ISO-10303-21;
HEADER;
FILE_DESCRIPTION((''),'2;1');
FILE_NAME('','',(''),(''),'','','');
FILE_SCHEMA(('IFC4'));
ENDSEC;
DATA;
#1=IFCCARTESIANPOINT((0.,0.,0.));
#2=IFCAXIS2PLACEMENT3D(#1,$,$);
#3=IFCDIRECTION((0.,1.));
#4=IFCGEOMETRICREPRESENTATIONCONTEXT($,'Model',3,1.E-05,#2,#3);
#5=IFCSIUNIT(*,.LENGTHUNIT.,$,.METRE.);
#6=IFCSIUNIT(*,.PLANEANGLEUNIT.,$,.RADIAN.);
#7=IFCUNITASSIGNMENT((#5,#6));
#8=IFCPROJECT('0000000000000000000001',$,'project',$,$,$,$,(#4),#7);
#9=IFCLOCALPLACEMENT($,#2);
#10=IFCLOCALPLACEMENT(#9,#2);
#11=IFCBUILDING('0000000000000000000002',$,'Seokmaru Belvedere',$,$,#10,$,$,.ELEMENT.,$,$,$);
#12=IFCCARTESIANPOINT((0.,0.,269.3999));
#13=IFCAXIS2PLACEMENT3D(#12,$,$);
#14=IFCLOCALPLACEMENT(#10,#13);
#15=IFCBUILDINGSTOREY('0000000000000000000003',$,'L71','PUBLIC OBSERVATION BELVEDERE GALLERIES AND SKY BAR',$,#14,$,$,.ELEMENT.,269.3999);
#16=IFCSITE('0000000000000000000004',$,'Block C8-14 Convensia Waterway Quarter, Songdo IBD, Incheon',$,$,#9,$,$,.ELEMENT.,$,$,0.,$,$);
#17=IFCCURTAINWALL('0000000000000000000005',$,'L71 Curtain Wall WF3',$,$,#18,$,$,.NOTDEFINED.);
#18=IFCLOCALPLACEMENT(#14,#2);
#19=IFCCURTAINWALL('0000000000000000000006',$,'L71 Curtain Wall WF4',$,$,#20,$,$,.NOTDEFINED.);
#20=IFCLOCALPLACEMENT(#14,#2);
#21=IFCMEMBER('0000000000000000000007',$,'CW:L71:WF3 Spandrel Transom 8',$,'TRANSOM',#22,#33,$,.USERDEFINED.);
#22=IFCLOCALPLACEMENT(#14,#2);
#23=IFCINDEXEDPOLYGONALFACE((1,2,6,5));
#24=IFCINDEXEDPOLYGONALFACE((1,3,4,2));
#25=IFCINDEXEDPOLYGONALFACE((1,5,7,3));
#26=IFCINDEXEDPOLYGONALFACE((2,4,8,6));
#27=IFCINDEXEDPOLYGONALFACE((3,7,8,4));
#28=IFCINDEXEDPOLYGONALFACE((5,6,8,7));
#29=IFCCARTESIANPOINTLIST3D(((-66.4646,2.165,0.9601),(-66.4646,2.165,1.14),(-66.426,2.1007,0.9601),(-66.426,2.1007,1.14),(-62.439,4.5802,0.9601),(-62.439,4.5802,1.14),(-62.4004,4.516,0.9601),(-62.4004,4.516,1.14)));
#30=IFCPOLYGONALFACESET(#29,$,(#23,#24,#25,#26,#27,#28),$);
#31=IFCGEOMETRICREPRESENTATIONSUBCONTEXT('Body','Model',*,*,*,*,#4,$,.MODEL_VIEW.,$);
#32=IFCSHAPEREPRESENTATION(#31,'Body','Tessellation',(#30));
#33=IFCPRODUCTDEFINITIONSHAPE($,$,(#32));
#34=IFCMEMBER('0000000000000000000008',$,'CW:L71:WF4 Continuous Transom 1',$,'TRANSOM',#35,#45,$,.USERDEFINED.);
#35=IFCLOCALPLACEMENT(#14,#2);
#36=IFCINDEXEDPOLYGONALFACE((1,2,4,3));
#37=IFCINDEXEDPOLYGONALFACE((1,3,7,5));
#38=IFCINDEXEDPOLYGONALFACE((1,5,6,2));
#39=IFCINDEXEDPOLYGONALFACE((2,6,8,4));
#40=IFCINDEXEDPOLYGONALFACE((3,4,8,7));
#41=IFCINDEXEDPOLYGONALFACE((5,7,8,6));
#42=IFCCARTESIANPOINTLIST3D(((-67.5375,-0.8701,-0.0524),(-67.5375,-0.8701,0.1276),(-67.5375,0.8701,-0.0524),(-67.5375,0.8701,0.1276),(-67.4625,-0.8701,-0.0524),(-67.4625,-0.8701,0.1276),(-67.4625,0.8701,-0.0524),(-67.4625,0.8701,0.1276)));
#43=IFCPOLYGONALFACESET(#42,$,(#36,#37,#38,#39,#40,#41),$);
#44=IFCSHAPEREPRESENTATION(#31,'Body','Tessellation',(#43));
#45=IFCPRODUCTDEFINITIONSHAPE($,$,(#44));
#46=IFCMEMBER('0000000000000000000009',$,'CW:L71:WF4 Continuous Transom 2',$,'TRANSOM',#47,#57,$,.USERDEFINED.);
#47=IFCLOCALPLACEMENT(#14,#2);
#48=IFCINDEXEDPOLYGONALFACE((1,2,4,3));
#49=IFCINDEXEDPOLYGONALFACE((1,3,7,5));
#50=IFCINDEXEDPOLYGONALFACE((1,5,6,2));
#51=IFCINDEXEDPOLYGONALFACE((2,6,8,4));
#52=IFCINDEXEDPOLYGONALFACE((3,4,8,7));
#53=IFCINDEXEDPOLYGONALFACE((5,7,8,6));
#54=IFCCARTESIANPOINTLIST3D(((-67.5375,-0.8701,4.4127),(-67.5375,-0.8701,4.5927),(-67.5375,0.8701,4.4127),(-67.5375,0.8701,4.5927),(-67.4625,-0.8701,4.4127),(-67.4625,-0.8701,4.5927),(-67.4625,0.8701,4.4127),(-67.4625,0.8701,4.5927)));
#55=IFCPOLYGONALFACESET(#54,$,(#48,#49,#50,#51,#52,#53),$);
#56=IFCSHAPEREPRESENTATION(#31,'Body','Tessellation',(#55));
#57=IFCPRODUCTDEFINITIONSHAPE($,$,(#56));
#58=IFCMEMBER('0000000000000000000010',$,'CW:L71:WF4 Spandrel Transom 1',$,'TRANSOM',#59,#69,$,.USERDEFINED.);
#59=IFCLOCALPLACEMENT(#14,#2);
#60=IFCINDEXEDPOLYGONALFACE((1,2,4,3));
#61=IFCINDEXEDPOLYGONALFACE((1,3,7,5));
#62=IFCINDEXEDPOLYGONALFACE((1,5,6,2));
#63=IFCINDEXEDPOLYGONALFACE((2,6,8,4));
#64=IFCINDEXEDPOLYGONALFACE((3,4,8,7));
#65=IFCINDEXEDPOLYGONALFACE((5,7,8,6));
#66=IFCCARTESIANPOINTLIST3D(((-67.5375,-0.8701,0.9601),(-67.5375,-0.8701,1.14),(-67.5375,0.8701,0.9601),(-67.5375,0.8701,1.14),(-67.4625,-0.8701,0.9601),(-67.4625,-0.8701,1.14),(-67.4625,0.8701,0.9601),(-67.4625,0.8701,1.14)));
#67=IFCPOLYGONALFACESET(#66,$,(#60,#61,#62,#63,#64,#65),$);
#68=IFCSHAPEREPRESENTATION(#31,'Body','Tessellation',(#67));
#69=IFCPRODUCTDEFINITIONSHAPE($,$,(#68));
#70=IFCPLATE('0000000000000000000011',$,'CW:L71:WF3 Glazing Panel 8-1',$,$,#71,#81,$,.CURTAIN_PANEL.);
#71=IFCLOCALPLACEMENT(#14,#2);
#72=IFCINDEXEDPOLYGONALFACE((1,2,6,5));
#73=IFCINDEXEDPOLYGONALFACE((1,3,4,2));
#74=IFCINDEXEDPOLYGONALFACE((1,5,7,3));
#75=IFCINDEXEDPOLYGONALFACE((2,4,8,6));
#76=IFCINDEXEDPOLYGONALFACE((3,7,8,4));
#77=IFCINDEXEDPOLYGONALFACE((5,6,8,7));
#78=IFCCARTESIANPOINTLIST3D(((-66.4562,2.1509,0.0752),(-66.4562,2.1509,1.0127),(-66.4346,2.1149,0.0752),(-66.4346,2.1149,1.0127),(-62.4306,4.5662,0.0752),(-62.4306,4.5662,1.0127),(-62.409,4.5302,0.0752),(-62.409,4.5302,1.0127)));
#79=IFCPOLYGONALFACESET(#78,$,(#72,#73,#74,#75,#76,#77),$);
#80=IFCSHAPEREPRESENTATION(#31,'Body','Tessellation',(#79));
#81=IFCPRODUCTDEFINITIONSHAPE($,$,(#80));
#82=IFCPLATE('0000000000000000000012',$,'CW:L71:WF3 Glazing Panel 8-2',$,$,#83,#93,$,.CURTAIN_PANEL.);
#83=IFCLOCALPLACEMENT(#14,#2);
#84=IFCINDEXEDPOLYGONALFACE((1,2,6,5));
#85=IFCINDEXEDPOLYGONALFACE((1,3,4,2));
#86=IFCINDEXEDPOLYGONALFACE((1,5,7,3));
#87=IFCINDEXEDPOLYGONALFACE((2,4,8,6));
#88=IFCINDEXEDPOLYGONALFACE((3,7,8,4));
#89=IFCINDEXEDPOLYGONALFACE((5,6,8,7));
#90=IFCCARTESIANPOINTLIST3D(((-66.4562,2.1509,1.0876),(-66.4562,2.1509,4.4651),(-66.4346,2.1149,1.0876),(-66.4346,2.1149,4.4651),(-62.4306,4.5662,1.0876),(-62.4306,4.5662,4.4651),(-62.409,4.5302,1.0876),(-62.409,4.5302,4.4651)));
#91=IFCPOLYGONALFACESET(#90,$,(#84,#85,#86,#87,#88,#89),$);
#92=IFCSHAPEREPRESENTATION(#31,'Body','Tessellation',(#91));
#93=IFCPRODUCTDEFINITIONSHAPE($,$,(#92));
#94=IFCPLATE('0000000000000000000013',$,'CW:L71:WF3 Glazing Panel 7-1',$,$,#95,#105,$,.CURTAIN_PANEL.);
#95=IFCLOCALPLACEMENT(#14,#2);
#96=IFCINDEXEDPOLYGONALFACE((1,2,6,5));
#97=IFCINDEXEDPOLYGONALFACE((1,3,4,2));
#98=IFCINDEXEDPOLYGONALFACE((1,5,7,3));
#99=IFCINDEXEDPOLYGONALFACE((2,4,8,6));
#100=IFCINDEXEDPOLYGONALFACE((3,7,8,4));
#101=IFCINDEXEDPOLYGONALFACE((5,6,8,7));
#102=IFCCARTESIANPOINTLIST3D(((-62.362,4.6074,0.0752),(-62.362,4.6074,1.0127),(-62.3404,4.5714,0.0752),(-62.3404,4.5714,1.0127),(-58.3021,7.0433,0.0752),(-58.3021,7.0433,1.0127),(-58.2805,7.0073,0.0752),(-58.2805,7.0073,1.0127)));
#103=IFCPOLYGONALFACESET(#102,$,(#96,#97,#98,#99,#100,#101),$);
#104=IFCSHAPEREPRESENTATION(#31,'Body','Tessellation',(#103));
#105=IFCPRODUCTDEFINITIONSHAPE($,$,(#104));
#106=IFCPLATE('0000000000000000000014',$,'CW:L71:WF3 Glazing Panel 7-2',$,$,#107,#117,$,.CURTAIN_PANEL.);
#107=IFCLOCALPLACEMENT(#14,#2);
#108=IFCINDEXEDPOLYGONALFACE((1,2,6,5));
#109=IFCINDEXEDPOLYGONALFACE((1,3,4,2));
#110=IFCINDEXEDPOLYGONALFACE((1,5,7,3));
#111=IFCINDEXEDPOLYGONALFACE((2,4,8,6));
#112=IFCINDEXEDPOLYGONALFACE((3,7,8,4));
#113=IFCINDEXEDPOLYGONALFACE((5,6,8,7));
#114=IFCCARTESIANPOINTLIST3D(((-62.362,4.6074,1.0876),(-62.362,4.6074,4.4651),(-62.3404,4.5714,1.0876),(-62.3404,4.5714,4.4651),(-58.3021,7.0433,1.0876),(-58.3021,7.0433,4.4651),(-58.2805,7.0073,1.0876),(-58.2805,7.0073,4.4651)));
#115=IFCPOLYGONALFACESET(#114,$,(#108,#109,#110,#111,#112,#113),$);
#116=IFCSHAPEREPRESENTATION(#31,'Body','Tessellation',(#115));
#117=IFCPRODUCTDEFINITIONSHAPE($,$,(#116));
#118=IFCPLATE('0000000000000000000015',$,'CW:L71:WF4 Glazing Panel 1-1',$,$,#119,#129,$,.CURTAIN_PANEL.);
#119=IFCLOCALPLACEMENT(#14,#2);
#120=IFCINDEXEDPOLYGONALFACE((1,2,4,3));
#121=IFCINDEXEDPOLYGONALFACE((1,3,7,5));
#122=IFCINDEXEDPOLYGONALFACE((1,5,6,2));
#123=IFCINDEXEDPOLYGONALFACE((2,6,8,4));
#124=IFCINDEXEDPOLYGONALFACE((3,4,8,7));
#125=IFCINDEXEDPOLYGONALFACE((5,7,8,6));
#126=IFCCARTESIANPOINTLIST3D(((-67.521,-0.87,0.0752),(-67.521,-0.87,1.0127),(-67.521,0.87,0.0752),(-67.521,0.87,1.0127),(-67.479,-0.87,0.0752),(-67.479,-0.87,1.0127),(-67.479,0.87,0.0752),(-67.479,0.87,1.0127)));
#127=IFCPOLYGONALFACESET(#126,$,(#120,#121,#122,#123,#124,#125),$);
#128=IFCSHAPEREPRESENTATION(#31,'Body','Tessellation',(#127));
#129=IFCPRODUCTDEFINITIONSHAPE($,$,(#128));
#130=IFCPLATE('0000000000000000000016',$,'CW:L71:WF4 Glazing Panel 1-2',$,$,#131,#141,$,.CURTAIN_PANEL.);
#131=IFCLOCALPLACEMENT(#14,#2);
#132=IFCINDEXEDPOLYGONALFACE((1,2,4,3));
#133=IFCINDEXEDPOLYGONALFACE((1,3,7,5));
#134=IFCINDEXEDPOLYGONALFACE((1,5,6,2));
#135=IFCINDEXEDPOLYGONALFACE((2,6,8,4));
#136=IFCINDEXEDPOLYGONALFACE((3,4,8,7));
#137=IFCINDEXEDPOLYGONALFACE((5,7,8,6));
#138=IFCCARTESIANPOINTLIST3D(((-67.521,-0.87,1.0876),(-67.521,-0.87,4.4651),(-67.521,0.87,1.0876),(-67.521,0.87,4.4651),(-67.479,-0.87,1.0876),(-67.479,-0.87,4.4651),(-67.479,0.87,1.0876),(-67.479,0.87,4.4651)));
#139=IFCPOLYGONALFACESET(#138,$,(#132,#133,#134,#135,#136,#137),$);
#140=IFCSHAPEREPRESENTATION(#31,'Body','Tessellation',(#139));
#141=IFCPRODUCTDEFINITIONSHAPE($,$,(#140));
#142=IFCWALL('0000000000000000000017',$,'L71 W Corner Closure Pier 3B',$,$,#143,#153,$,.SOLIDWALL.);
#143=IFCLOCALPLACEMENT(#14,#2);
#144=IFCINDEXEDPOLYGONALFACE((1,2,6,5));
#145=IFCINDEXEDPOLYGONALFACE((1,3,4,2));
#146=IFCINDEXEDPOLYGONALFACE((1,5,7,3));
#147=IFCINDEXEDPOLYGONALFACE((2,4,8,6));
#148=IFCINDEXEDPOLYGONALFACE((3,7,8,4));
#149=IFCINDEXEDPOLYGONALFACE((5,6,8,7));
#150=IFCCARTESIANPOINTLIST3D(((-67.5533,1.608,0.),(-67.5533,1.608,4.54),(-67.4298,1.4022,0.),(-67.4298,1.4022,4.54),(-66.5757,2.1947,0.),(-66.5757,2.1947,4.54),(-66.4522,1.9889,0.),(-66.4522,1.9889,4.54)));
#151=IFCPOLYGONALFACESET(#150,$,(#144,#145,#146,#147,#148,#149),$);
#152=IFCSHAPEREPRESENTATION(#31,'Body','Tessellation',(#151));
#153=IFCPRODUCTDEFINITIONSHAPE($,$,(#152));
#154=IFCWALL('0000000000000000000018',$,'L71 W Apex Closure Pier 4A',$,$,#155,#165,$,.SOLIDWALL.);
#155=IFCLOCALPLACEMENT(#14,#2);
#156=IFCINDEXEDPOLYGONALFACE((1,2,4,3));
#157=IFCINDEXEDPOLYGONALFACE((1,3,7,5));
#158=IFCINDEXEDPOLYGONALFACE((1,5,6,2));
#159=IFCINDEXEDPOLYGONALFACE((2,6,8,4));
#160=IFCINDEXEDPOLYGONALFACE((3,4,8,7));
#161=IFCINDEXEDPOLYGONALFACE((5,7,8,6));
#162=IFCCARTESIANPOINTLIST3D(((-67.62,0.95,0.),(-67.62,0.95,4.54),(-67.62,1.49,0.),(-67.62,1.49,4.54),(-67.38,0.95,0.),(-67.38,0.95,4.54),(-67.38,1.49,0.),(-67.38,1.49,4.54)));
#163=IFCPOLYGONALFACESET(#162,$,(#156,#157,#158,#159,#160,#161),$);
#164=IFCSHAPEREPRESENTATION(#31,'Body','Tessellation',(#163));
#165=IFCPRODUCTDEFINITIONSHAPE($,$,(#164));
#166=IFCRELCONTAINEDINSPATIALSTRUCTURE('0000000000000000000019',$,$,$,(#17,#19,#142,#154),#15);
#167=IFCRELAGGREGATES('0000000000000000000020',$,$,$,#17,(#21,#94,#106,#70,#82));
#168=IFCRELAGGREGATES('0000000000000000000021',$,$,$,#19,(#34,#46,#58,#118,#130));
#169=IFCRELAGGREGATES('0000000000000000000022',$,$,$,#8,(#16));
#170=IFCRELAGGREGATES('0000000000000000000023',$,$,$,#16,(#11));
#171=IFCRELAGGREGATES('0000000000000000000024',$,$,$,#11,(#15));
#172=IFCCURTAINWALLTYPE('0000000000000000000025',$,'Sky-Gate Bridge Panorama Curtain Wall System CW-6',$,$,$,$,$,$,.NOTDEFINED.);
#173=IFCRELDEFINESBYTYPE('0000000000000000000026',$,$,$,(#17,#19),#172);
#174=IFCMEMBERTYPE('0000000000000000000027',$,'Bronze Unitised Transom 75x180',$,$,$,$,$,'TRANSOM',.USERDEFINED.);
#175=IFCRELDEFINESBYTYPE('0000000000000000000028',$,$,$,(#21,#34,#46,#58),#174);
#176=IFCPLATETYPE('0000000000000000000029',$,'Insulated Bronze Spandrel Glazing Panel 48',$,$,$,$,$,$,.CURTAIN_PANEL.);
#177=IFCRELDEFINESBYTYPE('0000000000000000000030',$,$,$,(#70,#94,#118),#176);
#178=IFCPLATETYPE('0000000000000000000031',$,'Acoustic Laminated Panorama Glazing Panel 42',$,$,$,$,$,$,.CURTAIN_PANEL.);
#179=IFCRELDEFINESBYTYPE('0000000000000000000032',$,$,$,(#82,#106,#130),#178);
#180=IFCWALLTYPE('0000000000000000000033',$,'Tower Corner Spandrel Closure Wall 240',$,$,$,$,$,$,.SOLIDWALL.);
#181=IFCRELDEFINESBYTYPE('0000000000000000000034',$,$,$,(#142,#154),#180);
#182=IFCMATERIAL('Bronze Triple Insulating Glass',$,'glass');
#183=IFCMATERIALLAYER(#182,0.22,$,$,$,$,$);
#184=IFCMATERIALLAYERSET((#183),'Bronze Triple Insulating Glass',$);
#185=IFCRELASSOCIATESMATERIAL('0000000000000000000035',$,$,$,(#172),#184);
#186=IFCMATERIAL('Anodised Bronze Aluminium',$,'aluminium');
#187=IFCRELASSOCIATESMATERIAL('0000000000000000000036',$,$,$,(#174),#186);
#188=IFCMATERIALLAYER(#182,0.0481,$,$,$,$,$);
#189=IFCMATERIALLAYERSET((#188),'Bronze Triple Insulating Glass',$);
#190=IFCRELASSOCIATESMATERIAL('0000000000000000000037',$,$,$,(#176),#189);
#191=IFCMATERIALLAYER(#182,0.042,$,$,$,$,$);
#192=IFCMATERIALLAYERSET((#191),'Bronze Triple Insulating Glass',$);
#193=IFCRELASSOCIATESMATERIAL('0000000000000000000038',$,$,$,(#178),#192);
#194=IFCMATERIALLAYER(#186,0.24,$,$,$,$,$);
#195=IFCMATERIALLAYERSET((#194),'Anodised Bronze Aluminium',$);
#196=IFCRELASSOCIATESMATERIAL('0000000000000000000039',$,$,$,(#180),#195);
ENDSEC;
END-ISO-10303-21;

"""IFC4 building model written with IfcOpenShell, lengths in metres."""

from ifc_helpers import new_model, si_unit, direction, frame, frame_2d, origin, origin_2d, place, context, subcontext, project, spatial, rectangle, extrude, source, transform, mapped, material, layer, layer_set, material_profile, profile_set, type_object, type_shapes, element, aggregate, save


model = new_model("IFC4")

# Units and contexts
model_context = context("Model", 3, precision=1e-05, world=origin(), true_north=direction((0.0, 1.0)))
body_context = subcontext(model_context, "Body", "Model", "MODEL_VIEW")
ifc_project = project(units=[si_unit("LENGTHUNIT", "METRE"), si_unit("PLANEANGLEUNIT", "RADIAN")], contexts=[model_context])

# Site, building, storey
site_placement = place(None, origin())
site = spatial("IfcSite", under=ifc_project, at=site_placement, Name="Block C8-14 Convensia Waterway Quarter, Songdo IBD, Incheon", CompositionType="ELEMENT", RefElevation=0.0)
building_placement = place(site_placement, origin())
building = spatial("IfcBuilding", under=site, at=building_placement, Name="Seokmaru Belvedere", CompositionType="ELEMENT")
storey_placement = place(building_placement, frame((0.0, 0.0, 269.3999)))
storey = spatial("IfcBuildingStorey", under=building, at=storey_placement, Name="L71", Description="PUBLIC OBSERVATION BELVEDERE GALLERIES AND SKY BAR", CompositionType="ELEMENT", Elevation=269.3999)

# Curtain wall
ifc_material_1 = material(Name="Bronze Triple Insulating Glass", Category="glass")
ifc_layer_1 = layer(ifc_material_1, 0.22)
ifc_layer_set_1 = layer_set([ifc_layer_1], Name="Bronze Triple Insulating Glass")
curtain_wall_type = type_object("IfcCurtainWallType", Name="Sky-Gate Bridge Panorama Curtain Wall System CW-6", PredefinedType="NOTDEFINED", material=ifc_layer_set_1)
curtain_wall_1_placement = place(storey_placement, origin())
curtain_wall_1 = element("IfcCurtainWall", 1, at=curtain_wall_1_placement, inside=storey, type_object=curtain_wall_type, Name="L71 Curtain Wall WF3", PredefinedType="NOTDEFINED")
ifc_material_2 = material(Name="Anodised Bronze Aluminium", Category="aluminium")

# Curtain wall
curtain_wall_2_placement = place(storey_placement, origin())
curtain_wall_2 = element("IfcCurtainWall", 2, at=curtain_wall_2_placement, inside=storey, type_object=curtain_wall_type, Name="L71 Curtain Wall WF4", PredefinedType="NOTDEFINED")

# Members
ifc_material_profile_1 = material_profile(ifc_material_2, rectangle(XDim=0.075, YDim=0.1799, at=origin_2d()), Name="CW-T-75x180")
ifc_profile_set_1 = profile_set([ifc_material_profile_1], Name="Anodised Bronze Aluminium")
member_type_1 = type_object("IfcMemberType", Name="Bronze Unitised Transom 75x180", ElementType="TRANSOM", PredefinedType="USERDEFINED", material=ifc_profile_set_1)
shared_shape_1 = source(origin(), body_context, "Body", "SweptSolid", [
    extrude(rectangle(XDim=0.075, YDim=0.1799, at=origin_2d()), origin(), (0.0, 0.0, 1.0), 4.6946),
])
member_1_placement = place(storey_placement, frame((-62.4197, 4.5481, 1.05), z_axis=(-0.857502, -0.51448, 0.0), x_axis=(0.51448, -0.857502, 0.0)))
member_1 = element("IfcMember", 3, at=member_1_placement, type_object=member_type_1, Name="CW:L71:WF3 Spandrel Transom 8", ObjectType="TRANSOM", PredefinedType="USERDEFINED", context=body_context, shape_type="MappedRepresentation", body=[
    mapped(shared_shape_1, transform((0.0, 0.0, 0.0), scale=1.0)),
])
shared_shape_2 = source(origin(), body_context, "Body", "SweptSolid", [
    extrude(rectangle(XDim=0.075, YDim=0.1799, at=origin_2d()), origin(), (0.0, 0.0, 1.0), 1.7402),
])
type_shapes(member_type_1, [shared_shape_1, shared_shape_2])
member_2_placement = place(storey_placement, frame((-67.5, 0.8701, 0.0376), z_axis=(0.0, -1.0, 0.0), x_axis=(1.0, 0.0, 0.0)))
member_2 = element("IfcMember", 4, at=member_2_placement, type_object=member_type_1, Name="CW:L71:WF4 Continuous Transom 1", ObjectType="TRANSOM", PredefinedType="USERDEFINED", context=body_context, shape_type="MappedRepresentation", body=[
    mapped(shared_shape_2, transform((0.0, 0.0, 0.0), scale=1.0)),
])
member_3_placement = place(storey_placement, frame((-67.5, 0.8701, 4.5027), z_axis=(0.0, -1.0, 0.0), x_axis=(1.0, 0.0, 0.0)))
member_3 = element("IfcMember", 5, at=member_3_placement, type_object=member_type_1, Name="CW:L71:WF4 Continuous Transom 2", ObjectType="TRANSOM", PredefinedType="USERDEFINED", context=body_context, shape_type="MappedRepresentation", body=[
    mapped(shared_shape_2, transform((0.0, 0.0, 0.0), scale=1.0)),
])
member_4_placement = place(storey_placement, frame((-67.5, 0.8701, 1.05), z_axis=(0.0, -1.0, 0.0), x_axis=(1.0, 0.0, 0.0)))
member_4 = element("IfcMember", 6, at=member_4_placement, type_object=member_type_1, Name="CW:L71:WF4 Spandrel Transom 1", ObjectType="TRANSOM", PredefinedType="USERDEFINED", context=body_context, shape_type="MappedRepresentation", body=[
    mapped(shared_shape_2, transform((0.0, 0.0, 0.0), scale=1.0)),
])

# Plates
ifc_layer_2 = layer(ifc_material_1, 0.0481)
ifc_layer_set_2 = layer_set([ifc_layer_2], Name="Bronze Triple Insulating Glass")
plate_type_1 = type_object("IfcPlateType", Name="Insulated Bronze Spandrel Glazing Panel 48", PredefinedType="CURTAIN_PANEL", material=ifc_layer_set_2)
shared_shape_3 = source(origin(), body_context, "Body", "SweptSolid", [
    extrude(rectangle(XDim=4.6946, YDim=0.042, at=origin_2d()), origin(), (0.0, 0.0, 1.0), 0.9375),
])
plate_1_placement = place(storey_placement, frame((-64.4326, 3.3406, 0.0752), z_axis=(0.0, 0.0, 1.0), x_axis=(-0.857493, -0.514495, 0.0)))
plate_1 = element("IfcPlate", 7, at=plate_1_placement, type_object=plate_type_1, Name="CW:L71:WF3 Glazing Panel 8-1", PredefinedType="CURTAIN_PANEL", context=body_context, shape_type="MappedRepresentation", body=[
    mapped(shared_shape_3, transform((0.0, 0.0, 0.0), scale=1.0)),
])
ifc_layer_3 = layer(ifc_material_1, 0.042)
ifc_layer_set_3 = layer_set([ifc_layer_3], Name="Bronze Triple Insulating Glass")
plate_type_2 = type_object("IfcPlateType", Name="Acoustic Laminated Panorama Glazing Panel 42", PredefinedType="CURTAIN_PANEL", material=ifc_layer_set_3)
shared_shape_4 = source(origin(), body_context, "Body", "SweptSolid", [
    extrude(rectangle(XDim=4.6946, YDim=0.042, at=origin_2d()), origin(), (0.0, 0.0, 1.0), 3.3774),
])
plate_2_placement = place(storey_placement, frame((-64.4326, 3.3406, 1.0876), z_axis=(0.0, 0.0, 1.0), x_axis=(-0.857493, -0.514495, 0.0)))
plate_2 = element("IfcPlate", 8, at=plate_2_placement, type_object=plate_type_2, Name="CW:L71:WF3 Glazing Panel 8-2", PredefinedType="CURTAIN_PANEL", context=body_context, shape_type="MappedRepresentation", body=[
    mapped(shared_shape_4, transform((0.0, 0.0, 0.0), scale=1.0)),
])
shared_shape_5 = source(origin(), body_context, "Body", "SweptSolid", [
    extrude(rectangle(XDim=4.7346, YDim=0.042, at=origin_2d()), origin(), (0.0, 0.0, 1.0), 0.9375),
])
plate_3_placement = place(storey_placement, frame((-60.3213, 5.8074, 0.0752), z_axis=(0.0, 0.0, 1.0), x_axis=(-0.857493, -0.514495, 0.0)))
plate_3 = element("IfcPlate", 9, at=plate_3_placement, type_object=plate_type_1, Name="CW:L71:WF3 Glazing Panel 7-1", PredefinedType="CURTAIN_PANEL", context=body_context, shape_type="MappedRepresentation", body=[
    mapped(shared_shape_5, transform((0.0, 0.0, 0.0), scale=1.0)),
])
shared_shape_6 = source(origin(), body_context, "Body", "SweptSolid", [
    extrude(rectangle(XDim=4.7346, YDim=0.042, at=origin_2d()), origin(), (0.0, 0.0, 1.0), 3.3774),
])
plate_4_placement = place(storey_placement, frame((-60.3213, 5.8074, 1.0876), z_axis=(0.0, 0.0, 1.0), x_axis=(-0.857493, -0.514495, 0.0)))
plate_4 = element("IfcPlate", 10, at=plate_4_placement, type_object=plate_type_2, Name="CW:L71:WF3 Glazing Panel 7-2", PredefinedType="CURTAIN_PANEL", context=body_context, shape_type="MappedRepresentation", body=[
    mapped(shared_shape_6, transform((0.0, 0.0, 0.0), scale=1.0)),
])
aggregate(curtain_wall_1, [member_1, plate_3, plate_4, plate_1, plate_2])
shared_shape_7 = source(origin(), body_context, "Body", "SweptSolid", [
    extrude(rectangle(XDim=1.74, YDim=0.042, at=origin_2d()), origin(), (0.0, 0.0, 1.0), 0.9375),
])
type_shapes(plate_type_1, [shared_shape_3, shared_shape_5, shared_shape_7])
plate_5_placement = place(storey_placement, frame((-67.5, 0.0, 0.0752), z_axis=(0.0, 0.0, 1.0), x_axis=(0.0, -1.0, 0.0)))
plate_5 = element("IfcPlate", 11, at=plate_5_placement, type_object=plate_type_1, Name="CW:L71:WF4 Glazing Panel 1-1", PredefinedType="CURTAIN_PANEL", context=body_context, shape_type="MappedRepresentation", body=[
    mapped(shared_shape_7, transform((0.0, 0.0, 0.0), scale=1.0)),
])
shared_shape_8 = source(origin(), body_context, "Body", "SweptSolid", [
    extrude(rectangle(XDim=1.74, YDim=0.042, at=origin_2d()), origin(), (0.0, 0.0, 1.0), 3.3774),
])
type_shapes(plate_type_2, [shared_shape_4, shared_shape_6, shared_shape_8])
plate_6_placement = place(storey_placement, frame((-67.5, 0.0, 1.0876), z_axis=(0.0, 0.0, 1.0), x_axis=(0.0, -1.0, 0.0)))
plate_6 = element("IfcPlate", 12, at=plate_6_placement, type_object=plate_type_2, Name="CW:L71:WF4 Glazing Panel 1-2", PredefinedType="CURTAIN_PANEL", context=body_context, shape_type="MappedRepresentation", body=[
    mapped(shared_shape_8, transform((0.0, 0.0, 0.0), scale=1.0)),
])
aggregate(curtain_wall_2, [member_2, member_3, member_4, plate_5, plate_6])

# Walls
ifc_layer_4 = layer(ifc_material_2, 0.24)
ifc_layer_set_4 = layer_set([ifc_layer_4], Name="Anodised Bronze Aluminium")
wall_type = type_object("IfcWallType", Name="Tower Corner Spandrel Closure Wall 240", PredefinedType="SOLIDWALL", material=ifc_layer_set_4)
wall_1_placement = place(storey_placement, frame((-66.5139, 2.0918, 0.0), z_axis=(0.0, 0.0, 1.0), x_axis=(-0.857436, -0.51459, 0.0)))
element("IfcWall", 13, at=wall_1_placement, inside=storey, type_object=wall_type, Name="L71 W Corner Closure Pier 3B", PredefinedType="SOLIDWALL", context=body_context, shape_type="SweptSolid", body=[
    extrude(rectangle(XDim=1.1401, YDim=0.24, at=frame_2d((0.5701, 0.0))), origin(), (0.0, 0.0, 1.0), 4.54),
])
wall_2_placement = place(storey_placement, frame((-67.5, 1.49, 0.0), z_axis=(0.0, 0.0, 1.0), x_axis=(0.0, -1.0, 0.0)))
element("IfcWall", 14, at=wall_2_placement, inside=storey, type_object=wall_type, Name="L71 W Apex Closure Pier 4A", PredefinedType="SOLIDWALL", context=body_context, shape_type="SweptSolid", body=[
    extrude(rectangle(XDim=0.54, YDim=0.24, at=frame_2d((0.27, 0.0))), origin(), (0.0, 0.0, 1.0), 4.54),
])

save(model, "model.ifc")
